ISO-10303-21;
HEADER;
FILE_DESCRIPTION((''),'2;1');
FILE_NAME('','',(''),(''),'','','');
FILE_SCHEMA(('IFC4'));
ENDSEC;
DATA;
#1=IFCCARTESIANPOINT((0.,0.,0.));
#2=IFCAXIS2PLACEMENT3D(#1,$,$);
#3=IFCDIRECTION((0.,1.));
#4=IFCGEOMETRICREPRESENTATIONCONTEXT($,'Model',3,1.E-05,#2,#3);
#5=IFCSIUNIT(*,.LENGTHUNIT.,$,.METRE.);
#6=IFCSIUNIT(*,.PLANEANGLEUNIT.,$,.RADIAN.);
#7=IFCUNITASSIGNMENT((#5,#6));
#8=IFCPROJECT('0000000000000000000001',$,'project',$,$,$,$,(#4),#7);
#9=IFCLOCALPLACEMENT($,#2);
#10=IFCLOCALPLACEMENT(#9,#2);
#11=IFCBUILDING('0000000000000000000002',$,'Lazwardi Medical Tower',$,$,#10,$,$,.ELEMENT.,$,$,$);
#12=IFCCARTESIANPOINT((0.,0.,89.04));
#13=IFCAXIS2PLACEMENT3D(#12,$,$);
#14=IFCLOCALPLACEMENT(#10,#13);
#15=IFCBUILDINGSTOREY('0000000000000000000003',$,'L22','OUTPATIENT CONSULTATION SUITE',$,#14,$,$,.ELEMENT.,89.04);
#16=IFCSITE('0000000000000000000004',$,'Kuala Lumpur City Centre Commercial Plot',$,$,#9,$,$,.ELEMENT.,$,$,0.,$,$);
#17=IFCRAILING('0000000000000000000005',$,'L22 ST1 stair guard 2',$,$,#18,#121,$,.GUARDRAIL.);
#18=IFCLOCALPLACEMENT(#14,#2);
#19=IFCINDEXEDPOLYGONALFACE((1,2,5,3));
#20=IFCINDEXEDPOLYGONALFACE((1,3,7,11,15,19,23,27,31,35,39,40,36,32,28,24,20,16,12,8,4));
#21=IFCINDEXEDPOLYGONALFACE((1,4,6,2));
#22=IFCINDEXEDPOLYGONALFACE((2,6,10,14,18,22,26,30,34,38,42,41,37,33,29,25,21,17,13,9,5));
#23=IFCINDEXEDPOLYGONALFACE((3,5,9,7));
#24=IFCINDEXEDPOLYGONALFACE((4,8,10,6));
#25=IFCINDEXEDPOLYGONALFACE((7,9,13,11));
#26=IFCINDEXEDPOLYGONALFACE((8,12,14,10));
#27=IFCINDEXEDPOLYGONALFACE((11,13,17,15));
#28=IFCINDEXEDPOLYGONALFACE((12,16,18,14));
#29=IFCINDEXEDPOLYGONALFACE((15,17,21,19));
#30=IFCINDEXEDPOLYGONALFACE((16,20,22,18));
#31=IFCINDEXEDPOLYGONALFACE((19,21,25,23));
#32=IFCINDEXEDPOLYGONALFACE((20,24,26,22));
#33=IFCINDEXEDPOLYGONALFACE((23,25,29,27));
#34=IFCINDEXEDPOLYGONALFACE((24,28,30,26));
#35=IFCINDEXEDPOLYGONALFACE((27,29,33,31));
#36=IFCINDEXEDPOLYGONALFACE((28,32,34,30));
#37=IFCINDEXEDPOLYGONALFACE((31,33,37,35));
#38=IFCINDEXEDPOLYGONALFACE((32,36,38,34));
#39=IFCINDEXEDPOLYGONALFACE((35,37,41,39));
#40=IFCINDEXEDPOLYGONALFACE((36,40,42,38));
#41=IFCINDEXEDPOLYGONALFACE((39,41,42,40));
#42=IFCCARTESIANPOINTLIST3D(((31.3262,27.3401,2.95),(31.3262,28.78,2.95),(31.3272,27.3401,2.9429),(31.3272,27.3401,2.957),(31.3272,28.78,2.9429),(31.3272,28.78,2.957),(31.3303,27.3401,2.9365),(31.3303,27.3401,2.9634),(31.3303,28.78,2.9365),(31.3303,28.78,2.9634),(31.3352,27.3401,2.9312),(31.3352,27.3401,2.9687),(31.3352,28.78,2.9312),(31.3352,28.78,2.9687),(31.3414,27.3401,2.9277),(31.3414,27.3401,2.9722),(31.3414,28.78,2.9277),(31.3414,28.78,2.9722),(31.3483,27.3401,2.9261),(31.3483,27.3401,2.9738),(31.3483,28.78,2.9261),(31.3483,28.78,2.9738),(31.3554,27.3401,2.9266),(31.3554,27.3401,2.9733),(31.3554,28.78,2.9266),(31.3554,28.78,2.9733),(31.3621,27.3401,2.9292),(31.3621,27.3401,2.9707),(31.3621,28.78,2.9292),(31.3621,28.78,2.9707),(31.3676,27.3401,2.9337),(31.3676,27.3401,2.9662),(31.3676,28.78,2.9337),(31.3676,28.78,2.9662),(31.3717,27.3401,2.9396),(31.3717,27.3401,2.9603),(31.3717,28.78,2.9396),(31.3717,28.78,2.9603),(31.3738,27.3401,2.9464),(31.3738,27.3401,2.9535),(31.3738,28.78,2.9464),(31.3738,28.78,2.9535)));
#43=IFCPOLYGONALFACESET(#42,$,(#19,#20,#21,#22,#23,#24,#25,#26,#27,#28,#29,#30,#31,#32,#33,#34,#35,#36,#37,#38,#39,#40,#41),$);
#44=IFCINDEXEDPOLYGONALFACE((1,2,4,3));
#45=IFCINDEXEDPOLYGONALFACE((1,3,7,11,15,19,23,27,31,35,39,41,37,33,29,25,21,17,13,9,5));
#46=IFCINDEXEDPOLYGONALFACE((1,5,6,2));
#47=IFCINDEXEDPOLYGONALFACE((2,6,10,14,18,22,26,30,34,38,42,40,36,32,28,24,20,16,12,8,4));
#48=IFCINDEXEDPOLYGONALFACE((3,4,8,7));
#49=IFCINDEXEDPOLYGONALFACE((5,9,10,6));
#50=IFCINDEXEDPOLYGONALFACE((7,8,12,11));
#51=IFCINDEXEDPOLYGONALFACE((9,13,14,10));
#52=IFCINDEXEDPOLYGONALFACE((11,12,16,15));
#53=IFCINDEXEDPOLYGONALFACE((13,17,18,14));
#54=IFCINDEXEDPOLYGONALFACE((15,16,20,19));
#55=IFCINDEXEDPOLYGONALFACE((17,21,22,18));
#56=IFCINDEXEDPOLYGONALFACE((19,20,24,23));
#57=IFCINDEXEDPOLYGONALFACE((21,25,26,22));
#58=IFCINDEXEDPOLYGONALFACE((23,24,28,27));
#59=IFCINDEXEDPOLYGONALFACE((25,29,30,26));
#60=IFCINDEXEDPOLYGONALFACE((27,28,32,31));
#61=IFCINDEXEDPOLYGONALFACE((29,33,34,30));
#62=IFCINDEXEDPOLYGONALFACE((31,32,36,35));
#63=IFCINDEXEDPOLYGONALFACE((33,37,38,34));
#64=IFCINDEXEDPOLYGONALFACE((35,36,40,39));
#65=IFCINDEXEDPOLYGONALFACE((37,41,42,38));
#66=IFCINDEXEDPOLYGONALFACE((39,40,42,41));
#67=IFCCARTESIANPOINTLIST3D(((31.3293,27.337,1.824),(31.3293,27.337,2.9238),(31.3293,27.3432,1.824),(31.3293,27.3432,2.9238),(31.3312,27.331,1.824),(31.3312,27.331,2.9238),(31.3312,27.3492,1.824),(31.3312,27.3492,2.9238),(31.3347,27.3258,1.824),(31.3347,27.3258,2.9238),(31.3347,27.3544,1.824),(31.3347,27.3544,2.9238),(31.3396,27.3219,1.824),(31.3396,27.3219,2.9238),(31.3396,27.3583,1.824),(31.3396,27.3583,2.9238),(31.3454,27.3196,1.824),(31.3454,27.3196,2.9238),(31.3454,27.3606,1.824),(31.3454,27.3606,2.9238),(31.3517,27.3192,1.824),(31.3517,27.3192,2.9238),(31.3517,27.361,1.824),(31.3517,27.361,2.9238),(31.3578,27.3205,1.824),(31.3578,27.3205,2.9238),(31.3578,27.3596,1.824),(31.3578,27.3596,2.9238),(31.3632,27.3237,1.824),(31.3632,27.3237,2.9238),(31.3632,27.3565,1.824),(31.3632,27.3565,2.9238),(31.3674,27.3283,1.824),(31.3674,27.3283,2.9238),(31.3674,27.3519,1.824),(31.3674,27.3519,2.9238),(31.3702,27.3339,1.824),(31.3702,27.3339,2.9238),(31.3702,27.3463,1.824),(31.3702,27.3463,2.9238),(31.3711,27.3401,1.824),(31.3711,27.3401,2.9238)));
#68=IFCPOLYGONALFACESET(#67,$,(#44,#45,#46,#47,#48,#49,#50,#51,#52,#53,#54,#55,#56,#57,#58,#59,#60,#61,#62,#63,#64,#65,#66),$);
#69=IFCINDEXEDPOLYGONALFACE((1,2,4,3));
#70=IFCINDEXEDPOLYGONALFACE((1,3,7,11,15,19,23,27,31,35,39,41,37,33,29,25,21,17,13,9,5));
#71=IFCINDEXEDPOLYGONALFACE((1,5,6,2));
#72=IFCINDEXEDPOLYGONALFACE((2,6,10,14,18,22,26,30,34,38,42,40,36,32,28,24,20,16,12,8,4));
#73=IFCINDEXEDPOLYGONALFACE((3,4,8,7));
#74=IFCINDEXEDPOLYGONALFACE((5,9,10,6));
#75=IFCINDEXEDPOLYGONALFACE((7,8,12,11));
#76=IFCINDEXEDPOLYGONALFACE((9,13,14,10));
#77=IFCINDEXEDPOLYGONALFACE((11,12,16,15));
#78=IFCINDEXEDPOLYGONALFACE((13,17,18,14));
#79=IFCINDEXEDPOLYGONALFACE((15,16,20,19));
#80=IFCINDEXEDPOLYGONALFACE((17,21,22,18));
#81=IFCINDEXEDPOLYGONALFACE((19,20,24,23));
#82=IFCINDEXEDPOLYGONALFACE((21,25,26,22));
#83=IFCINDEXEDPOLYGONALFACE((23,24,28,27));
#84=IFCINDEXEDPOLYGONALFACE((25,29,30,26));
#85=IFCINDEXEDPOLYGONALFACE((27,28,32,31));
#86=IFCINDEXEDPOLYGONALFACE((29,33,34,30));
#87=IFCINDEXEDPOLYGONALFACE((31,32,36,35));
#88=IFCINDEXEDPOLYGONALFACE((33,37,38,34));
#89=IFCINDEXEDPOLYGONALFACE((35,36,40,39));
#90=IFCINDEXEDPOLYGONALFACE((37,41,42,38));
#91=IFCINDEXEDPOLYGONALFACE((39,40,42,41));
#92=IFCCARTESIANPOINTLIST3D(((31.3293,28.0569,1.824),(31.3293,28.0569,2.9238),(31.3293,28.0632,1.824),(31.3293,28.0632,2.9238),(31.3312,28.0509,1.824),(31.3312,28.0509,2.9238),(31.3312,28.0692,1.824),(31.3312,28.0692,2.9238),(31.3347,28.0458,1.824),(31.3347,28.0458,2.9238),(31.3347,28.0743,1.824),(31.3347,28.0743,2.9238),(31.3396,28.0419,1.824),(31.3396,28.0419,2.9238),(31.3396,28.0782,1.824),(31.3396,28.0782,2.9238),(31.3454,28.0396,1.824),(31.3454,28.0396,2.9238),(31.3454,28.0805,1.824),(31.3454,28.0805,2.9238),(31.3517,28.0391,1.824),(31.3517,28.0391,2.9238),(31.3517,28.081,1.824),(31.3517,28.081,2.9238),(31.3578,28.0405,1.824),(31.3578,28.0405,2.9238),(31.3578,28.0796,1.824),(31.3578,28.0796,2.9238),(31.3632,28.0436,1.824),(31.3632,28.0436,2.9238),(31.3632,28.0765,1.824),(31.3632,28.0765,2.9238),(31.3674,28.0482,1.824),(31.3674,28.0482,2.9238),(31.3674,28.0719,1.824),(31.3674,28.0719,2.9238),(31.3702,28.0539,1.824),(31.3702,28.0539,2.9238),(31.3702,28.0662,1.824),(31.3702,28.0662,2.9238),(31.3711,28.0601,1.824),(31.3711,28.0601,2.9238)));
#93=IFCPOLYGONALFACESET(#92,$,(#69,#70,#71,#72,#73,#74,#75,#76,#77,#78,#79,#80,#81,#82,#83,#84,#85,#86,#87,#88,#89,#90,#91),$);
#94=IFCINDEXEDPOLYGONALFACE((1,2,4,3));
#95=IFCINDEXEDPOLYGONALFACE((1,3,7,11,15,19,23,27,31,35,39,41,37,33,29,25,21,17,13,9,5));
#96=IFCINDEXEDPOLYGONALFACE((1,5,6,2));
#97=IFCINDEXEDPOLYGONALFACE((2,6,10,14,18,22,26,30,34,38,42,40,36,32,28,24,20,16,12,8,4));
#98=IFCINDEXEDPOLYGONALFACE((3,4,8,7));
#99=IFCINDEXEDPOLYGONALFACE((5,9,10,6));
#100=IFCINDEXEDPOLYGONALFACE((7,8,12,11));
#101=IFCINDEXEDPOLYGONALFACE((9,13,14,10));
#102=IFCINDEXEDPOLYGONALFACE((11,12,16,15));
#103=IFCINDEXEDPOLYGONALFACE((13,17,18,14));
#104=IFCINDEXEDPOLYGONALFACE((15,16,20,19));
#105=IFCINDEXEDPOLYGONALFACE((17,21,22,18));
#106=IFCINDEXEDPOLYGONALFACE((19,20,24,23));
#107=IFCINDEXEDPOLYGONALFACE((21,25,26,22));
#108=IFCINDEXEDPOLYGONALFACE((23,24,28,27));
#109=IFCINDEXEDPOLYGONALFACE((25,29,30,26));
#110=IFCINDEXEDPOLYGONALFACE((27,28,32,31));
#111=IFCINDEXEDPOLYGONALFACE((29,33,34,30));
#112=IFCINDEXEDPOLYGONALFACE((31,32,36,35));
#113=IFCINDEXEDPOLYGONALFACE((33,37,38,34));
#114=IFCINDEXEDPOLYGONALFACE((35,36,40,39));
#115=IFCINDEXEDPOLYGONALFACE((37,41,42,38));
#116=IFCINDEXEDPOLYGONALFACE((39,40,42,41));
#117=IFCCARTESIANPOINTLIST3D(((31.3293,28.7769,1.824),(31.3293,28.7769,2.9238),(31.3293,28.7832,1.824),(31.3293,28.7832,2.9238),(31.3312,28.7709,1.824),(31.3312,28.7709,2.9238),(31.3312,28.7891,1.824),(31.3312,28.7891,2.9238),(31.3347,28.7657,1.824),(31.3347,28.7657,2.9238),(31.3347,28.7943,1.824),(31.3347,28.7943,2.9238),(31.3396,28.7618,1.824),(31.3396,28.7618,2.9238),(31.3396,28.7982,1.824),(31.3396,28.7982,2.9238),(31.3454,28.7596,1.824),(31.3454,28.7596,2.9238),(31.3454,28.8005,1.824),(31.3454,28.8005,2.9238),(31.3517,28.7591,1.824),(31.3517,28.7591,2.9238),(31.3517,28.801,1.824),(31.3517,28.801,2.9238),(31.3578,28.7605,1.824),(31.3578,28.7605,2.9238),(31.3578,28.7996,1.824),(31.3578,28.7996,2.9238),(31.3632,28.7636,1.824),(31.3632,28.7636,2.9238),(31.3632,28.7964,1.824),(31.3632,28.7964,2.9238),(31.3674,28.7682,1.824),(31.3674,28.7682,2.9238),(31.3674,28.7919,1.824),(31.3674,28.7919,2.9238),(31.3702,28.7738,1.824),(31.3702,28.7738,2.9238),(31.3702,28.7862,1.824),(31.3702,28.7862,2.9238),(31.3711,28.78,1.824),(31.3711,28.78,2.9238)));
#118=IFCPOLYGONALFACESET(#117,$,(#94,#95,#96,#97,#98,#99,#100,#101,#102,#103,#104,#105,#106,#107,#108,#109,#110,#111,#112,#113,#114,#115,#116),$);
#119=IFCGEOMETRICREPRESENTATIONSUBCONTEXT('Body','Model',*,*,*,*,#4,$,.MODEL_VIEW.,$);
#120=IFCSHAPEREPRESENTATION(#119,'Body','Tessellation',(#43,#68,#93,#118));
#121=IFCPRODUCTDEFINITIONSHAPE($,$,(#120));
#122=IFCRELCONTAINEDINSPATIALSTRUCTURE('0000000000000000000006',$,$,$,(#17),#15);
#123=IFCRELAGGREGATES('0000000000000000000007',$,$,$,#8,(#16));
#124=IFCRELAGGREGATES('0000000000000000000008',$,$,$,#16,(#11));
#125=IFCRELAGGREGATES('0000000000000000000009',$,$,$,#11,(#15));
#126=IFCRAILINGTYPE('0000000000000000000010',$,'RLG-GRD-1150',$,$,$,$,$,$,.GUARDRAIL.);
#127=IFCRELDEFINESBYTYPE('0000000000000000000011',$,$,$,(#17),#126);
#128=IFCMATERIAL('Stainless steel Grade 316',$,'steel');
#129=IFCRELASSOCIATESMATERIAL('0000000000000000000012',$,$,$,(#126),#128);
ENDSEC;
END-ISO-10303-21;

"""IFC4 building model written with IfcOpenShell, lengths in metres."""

from ifc_helpers import new_model, si_unit, direction, frame, origin, origin_2d, place, context, subcontext, project, spatial, circle, extrude, material, type_object, element, save


model = new_model("IFC4")

# Units and contexts
model_context = context("Model", 3, precision=1e-05, world=origin(), true_north=direction((0.0, 1.0)))
body_context = subcontext(model_context, "Body", "Model", "MODEL_VIEW")
ifc_project = project(units=[si_unit("LENGTHUNIT", "METRE"), si_unit("PLANEANGLEUNIT", "RADIAN")], contexts=[model_context])

# Site, building, storey
site_placement = place(None, origin())
site = spatial("IfcSite", under=ifc_project, at=site_placement, Name="Kuala Lumpur City Centre Commercial Plot", CompositionType="ELEMENT", RefElevation=0.0)
building_placement = place(site_placement, origin())
building = spatial("IfcBuilding", under=site, at=building_placement, Name="Lazwardi Medical Tower", CompositionType="ELEMENT")
storey_placement = place(building_placement, frame((0.0, 0.0, 89.04)))
storey = spatial("IfcBuildingStorey", under=building, at=storey_placement, Name="L22", Description="OUTPATIENT CONSULTATION SUITE", CompositionType="ELEMENT", Elevation=89.04)

# Railing
ifc_material_1 = material(Name="Stainless steel Grade 316", Category="steel")
railing_type_1 = type_object("IfcRailingType", Name="RLG-GRD-1150", PredefinedType="GUARDRAIL", material=ifc_material_1)
railing_1_placement = place(storey_placement, frame((31.3501, 27.3401, 1.824)))
element("IfcRailing", 1, at=railing_1_placement, inside=storey, type_object=railing_type_1, Name="L22 ST1 stair guard 2", PredefinedType="GUARDRAIL", context=body_context, shape_type="SweptSolid", body=[
    extrude(circle(Radius=0.0239, at=origin_2d()), frame((0.0, 0.0, 1.126), z_axis=(0.0, 1.0, 0.0), x_axis=(-1.0, 0.0, 0.0)), (0.0, 0.0, 1.0), 1.4399),
    extrude(circle(Radius=0.021, at=origin_2d()), origin(), (0.0, 0.0, 1.0), 1.0999),
    extrude(circle(Radius=0.021, at=origin_2d()), frame((0.0, 0.72, 0.0)), (0.0, 0.0, 1.0), 1.0999),
    extrude(circle(Radius=0.021, at=origin_2d()), frame((0.0, 1.4399, 0.0)), (0.0, 0.0, 1.0), 1.0999),
])

save(model, "model.ifc")
